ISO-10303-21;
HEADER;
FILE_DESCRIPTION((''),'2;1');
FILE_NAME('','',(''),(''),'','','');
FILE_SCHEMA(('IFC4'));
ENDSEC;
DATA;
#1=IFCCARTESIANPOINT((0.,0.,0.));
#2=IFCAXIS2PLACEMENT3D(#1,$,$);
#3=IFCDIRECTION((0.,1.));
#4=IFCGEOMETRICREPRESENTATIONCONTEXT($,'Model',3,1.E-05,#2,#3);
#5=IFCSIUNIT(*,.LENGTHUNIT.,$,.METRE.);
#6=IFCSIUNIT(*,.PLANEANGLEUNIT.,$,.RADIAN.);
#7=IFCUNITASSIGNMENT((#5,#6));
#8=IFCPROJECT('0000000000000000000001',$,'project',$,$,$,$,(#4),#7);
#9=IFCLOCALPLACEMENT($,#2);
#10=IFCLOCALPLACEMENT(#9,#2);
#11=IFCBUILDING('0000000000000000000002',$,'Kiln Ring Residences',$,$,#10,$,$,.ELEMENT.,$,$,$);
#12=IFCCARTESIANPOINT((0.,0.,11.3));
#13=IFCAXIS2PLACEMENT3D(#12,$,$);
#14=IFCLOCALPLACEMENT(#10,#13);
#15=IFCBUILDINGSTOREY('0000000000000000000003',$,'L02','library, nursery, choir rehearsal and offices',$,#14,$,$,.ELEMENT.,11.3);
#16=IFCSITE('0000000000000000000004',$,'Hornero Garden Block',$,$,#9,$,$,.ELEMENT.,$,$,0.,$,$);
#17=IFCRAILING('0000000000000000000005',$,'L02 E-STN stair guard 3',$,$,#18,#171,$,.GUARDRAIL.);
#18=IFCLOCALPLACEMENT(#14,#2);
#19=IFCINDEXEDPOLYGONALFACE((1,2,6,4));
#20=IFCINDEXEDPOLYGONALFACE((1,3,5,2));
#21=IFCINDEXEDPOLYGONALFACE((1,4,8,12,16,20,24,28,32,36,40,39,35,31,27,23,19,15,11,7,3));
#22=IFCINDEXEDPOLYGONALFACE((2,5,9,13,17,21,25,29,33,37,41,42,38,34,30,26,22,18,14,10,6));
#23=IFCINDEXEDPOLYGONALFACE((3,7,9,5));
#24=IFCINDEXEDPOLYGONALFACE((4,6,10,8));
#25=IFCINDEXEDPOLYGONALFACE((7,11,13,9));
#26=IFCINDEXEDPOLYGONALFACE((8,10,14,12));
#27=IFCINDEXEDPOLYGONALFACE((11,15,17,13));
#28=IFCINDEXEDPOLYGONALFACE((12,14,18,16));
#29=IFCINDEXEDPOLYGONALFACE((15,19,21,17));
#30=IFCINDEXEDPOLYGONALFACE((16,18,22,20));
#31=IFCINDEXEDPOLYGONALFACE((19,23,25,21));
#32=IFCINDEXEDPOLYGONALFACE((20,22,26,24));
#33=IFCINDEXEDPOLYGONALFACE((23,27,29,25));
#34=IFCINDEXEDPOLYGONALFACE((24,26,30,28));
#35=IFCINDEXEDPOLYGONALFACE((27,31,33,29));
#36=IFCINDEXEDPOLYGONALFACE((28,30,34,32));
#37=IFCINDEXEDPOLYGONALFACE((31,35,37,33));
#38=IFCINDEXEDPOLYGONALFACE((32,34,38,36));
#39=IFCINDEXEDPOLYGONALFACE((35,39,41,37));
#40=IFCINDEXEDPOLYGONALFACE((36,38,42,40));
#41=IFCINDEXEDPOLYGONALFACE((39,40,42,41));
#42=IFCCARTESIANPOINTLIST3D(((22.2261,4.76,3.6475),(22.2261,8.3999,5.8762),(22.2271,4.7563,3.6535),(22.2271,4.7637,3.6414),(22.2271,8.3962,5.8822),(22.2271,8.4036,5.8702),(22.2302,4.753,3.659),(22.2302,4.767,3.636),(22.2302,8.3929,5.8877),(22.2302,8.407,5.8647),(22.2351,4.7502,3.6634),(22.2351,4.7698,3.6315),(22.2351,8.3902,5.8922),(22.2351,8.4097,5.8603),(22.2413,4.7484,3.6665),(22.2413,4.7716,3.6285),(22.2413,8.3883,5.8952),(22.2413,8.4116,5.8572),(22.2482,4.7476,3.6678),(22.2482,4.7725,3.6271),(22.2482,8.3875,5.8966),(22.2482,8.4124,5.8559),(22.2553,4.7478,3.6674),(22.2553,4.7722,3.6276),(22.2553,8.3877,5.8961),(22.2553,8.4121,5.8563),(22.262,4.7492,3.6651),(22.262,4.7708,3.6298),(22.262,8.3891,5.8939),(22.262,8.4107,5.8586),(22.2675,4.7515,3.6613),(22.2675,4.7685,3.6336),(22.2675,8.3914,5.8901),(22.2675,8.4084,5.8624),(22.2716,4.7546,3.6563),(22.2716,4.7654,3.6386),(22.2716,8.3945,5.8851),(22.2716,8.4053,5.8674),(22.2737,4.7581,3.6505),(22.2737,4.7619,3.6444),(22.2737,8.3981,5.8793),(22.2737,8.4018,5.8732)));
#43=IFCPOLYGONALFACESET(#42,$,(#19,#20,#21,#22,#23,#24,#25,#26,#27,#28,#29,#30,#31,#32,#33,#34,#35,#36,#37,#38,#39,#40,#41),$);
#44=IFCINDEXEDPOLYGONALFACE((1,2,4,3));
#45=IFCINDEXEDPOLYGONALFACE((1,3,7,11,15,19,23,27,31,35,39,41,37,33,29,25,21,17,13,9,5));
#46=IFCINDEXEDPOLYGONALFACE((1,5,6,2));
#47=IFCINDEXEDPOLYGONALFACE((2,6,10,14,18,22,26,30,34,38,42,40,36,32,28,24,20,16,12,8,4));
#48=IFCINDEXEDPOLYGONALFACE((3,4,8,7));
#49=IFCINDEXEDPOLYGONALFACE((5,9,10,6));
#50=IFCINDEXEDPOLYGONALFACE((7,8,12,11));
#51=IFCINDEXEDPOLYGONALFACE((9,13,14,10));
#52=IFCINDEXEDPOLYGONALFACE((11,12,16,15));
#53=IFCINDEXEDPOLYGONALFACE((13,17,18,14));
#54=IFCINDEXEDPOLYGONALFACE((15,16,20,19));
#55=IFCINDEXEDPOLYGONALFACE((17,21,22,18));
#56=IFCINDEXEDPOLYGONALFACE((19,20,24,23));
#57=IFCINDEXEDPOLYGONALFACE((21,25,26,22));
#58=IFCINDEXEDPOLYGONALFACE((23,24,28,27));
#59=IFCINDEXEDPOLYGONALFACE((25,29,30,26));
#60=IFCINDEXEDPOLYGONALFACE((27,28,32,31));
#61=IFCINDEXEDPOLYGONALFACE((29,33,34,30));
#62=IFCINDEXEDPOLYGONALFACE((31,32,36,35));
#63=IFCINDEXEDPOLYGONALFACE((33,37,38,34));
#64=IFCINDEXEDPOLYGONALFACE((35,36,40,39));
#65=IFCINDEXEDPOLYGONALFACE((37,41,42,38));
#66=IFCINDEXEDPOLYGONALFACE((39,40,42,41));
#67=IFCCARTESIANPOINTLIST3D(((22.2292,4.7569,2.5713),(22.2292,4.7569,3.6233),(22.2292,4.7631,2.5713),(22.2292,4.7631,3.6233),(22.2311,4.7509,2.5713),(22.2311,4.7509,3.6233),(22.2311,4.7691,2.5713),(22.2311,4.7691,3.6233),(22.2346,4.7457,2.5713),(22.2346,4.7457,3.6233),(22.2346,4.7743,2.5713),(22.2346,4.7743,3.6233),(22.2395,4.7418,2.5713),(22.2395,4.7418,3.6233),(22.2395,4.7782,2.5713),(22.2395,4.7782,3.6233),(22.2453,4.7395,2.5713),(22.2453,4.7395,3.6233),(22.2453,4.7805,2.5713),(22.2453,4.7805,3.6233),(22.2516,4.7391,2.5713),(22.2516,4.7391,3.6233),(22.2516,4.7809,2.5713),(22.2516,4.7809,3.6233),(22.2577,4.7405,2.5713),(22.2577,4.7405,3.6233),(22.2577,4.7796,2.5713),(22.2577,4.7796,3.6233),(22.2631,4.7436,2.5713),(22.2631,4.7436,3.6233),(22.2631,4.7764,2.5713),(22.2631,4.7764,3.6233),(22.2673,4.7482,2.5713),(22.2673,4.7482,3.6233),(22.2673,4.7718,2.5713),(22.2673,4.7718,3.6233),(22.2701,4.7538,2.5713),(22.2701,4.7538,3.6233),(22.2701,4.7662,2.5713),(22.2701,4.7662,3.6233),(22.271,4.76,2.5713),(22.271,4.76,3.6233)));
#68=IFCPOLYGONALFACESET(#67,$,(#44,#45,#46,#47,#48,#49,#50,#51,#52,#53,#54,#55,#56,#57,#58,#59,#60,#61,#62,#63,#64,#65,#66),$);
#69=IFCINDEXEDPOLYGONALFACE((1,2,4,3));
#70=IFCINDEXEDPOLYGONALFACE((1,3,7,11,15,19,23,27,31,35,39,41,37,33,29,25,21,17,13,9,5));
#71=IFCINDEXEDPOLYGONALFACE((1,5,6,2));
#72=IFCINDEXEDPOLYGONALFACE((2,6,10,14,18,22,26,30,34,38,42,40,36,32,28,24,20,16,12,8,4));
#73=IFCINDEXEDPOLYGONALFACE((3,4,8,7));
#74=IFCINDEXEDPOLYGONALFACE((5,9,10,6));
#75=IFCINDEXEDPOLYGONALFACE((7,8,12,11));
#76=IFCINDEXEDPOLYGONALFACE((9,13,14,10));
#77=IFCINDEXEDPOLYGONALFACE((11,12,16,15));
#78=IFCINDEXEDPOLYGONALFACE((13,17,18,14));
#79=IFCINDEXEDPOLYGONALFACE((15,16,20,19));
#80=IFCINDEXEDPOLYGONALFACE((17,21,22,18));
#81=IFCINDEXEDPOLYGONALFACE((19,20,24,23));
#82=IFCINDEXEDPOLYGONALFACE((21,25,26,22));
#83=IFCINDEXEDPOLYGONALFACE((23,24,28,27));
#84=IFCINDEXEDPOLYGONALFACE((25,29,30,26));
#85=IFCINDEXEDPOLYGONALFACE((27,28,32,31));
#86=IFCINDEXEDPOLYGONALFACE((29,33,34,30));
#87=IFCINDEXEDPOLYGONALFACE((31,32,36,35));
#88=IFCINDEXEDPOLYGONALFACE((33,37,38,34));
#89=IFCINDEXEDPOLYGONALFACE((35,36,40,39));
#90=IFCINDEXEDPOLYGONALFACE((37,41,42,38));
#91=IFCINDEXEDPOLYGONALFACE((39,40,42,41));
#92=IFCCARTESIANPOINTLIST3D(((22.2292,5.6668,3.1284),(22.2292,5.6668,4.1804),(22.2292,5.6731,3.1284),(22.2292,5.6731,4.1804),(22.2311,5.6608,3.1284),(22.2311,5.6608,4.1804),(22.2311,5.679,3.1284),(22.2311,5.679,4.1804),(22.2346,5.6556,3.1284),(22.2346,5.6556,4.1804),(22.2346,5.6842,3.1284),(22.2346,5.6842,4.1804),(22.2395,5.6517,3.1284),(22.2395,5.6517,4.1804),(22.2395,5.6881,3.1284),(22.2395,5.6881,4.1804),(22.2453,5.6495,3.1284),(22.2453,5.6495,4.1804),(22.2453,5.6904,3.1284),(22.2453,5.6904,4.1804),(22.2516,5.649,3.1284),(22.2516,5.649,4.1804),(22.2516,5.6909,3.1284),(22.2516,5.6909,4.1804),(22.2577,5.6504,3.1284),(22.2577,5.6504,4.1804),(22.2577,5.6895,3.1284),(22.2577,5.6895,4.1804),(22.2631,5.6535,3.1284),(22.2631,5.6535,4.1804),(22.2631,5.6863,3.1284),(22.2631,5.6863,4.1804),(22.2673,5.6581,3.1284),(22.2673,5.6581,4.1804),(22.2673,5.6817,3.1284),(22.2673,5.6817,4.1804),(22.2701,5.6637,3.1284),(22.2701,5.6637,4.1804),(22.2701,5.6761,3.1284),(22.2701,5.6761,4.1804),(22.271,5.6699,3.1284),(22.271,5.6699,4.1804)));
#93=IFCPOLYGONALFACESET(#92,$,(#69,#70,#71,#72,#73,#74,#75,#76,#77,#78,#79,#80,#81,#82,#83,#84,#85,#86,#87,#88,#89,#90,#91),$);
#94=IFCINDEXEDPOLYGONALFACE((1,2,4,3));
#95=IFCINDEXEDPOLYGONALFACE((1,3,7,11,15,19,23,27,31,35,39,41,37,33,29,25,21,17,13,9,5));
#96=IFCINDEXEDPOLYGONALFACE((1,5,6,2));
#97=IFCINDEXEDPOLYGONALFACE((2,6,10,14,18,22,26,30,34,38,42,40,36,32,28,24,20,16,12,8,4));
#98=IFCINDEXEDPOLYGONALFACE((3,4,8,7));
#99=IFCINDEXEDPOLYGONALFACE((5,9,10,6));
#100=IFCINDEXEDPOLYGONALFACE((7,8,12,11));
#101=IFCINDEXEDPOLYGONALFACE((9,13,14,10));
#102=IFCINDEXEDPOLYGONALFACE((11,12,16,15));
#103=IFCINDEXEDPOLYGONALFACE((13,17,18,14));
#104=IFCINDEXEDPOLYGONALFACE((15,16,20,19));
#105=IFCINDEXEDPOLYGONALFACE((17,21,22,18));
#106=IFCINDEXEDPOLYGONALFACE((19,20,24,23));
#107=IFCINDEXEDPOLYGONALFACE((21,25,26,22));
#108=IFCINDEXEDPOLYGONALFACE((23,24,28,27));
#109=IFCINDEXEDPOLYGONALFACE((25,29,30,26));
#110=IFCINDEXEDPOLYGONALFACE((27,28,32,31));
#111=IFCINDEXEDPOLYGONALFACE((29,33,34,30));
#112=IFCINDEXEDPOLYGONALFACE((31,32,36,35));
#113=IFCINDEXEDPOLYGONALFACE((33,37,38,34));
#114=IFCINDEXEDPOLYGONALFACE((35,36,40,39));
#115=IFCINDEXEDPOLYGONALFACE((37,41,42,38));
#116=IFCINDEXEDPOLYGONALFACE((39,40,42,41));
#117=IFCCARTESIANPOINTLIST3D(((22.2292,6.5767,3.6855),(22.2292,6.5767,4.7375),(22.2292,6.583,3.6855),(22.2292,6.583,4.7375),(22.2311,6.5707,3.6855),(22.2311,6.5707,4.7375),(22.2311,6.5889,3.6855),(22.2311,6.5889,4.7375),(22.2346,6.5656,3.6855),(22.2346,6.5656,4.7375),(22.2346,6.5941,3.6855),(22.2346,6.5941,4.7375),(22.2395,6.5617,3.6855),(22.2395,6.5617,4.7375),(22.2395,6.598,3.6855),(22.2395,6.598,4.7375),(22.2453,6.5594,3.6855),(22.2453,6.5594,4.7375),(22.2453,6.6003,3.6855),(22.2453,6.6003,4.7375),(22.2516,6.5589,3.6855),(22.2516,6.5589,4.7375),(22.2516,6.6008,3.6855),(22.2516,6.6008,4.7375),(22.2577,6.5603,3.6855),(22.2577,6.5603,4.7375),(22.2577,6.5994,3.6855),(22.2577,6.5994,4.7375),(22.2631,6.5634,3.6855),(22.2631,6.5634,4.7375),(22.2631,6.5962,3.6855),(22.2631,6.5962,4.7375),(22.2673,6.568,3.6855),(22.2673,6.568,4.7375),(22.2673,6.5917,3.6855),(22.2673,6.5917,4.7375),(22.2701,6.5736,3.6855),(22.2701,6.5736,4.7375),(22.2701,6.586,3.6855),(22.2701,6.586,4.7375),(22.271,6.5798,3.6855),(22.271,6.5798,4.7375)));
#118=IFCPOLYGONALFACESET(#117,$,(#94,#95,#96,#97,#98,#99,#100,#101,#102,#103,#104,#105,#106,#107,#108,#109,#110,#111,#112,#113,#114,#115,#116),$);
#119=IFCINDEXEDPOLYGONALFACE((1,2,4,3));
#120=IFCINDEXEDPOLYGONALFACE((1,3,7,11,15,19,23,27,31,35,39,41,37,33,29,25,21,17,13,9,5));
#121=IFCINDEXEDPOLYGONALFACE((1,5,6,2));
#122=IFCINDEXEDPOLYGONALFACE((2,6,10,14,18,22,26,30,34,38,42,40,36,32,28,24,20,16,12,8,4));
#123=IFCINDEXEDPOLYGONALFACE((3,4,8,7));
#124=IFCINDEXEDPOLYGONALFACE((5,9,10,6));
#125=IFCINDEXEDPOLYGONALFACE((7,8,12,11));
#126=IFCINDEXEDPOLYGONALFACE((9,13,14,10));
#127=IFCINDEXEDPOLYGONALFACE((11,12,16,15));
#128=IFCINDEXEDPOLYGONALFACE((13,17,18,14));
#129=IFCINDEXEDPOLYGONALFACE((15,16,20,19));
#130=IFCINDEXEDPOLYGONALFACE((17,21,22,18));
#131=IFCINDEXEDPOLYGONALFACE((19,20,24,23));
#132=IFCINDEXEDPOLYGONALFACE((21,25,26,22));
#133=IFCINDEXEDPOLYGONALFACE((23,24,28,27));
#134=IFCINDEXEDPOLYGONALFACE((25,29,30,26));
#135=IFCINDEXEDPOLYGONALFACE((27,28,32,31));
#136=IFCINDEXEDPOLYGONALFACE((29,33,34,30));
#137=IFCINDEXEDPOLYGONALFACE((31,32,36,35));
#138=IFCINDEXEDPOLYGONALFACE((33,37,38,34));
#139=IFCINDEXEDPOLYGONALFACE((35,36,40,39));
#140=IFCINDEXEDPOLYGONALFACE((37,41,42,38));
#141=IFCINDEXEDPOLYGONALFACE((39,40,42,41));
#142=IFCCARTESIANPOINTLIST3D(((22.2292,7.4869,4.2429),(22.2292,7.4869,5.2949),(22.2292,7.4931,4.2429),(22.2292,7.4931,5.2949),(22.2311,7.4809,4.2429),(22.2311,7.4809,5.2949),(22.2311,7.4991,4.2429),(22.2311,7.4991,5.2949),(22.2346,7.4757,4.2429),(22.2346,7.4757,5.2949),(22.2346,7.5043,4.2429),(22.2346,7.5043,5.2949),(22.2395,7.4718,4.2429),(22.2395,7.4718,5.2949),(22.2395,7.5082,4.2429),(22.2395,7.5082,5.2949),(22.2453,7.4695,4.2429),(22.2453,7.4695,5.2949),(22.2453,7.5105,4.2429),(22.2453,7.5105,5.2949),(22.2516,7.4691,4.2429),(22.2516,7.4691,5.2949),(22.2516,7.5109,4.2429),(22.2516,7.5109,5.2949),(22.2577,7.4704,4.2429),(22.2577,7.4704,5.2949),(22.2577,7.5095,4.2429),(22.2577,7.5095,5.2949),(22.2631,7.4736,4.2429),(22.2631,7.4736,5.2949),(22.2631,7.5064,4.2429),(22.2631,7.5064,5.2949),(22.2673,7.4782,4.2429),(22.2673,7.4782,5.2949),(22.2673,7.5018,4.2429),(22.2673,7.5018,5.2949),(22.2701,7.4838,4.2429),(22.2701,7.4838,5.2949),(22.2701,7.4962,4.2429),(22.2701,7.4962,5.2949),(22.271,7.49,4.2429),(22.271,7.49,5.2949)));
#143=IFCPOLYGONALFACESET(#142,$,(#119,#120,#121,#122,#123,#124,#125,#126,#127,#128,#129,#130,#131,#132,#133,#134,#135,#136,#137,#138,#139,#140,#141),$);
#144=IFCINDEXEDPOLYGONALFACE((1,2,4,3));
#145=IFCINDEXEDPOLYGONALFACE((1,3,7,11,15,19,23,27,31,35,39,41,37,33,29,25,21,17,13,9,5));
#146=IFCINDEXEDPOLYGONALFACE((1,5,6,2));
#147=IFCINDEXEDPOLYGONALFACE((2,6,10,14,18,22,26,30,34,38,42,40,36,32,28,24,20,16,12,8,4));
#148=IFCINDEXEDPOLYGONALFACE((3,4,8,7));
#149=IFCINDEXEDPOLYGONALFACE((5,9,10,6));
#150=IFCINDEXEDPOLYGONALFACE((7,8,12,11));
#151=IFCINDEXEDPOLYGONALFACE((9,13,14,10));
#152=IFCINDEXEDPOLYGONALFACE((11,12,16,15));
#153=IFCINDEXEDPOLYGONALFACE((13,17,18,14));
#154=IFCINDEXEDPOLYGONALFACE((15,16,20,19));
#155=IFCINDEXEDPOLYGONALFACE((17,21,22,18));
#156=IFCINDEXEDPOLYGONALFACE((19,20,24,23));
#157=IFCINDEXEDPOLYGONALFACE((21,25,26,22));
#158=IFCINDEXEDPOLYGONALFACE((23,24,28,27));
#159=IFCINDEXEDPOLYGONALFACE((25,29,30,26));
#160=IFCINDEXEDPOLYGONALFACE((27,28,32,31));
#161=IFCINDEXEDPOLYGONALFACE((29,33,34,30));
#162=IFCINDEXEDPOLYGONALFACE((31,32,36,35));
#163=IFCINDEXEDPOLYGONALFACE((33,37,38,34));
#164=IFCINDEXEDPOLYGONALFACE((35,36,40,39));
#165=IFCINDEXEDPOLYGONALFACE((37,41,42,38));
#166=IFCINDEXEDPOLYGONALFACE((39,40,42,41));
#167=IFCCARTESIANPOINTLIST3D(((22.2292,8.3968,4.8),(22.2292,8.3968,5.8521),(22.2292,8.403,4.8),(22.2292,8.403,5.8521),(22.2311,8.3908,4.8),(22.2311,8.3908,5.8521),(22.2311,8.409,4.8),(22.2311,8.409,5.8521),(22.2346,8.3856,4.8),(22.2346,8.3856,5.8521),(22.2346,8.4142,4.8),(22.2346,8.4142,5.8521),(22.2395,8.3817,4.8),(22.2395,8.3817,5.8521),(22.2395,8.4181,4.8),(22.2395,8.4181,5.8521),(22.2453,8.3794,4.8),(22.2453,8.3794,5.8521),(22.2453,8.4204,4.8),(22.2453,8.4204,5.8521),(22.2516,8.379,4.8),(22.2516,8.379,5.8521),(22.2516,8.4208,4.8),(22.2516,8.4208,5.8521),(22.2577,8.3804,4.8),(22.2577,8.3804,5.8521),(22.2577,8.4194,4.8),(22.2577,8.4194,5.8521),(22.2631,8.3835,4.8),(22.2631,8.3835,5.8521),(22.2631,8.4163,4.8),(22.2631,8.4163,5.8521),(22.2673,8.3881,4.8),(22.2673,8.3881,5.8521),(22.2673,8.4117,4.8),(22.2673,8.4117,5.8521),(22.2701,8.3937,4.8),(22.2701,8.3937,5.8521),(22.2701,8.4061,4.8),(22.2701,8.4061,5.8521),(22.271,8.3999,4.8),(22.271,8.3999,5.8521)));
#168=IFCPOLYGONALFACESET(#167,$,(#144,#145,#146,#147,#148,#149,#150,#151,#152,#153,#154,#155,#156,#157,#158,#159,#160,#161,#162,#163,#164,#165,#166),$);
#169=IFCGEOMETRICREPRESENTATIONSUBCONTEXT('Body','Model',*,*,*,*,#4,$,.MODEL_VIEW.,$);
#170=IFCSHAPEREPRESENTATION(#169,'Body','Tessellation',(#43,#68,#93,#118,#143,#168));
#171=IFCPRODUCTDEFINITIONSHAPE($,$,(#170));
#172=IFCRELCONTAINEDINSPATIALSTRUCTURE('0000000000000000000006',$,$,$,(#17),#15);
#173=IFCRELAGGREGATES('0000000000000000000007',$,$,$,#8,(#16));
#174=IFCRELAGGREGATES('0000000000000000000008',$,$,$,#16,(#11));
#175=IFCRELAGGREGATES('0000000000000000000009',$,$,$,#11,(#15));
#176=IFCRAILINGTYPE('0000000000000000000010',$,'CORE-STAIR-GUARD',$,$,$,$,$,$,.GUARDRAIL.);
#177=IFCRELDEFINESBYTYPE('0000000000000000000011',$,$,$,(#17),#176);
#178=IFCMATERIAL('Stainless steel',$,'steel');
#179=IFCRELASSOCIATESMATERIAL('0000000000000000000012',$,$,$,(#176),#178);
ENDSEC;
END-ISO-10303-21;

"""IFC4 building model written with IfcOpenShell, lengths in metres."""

from ifc_helpers import new_model, si_unit, direction, frame, origin, origin_2d, place, context, subcontext, project, spatial, circle, extrude, material, type_object, element, save


model = new_model("IFC4")

# Units and contexts
model_context = context("Model", 3, precision=1e-05, world=origin(), true_north=direction((0.0, 1.0)))
body_context = subcontext(model_context, "Body", "Model", "MODEL_VIEW")
ifc_project = project(units=[si_unit("LENGTHUNIT", "METRE"), si_unit("PLANEANGLEUNIT", "RADIAN")], contexts=[model_context])

# Site, building, storey
site_placement = place(None, origin())
site = spatial("IfcSite", under=ifc_project, at=site_placement, Name="Hornero Garden Block", CompositionType="ELEMENT", RefElevation=0.0)
building_placement = place(site_placement, origin())
building = spatial("IfcBuilding", under=site, at=building_placement, Name="Kiln Ring Residences", CompositionType="ELEMENT")
storey_placement = place(building_placement, frame((0.0, 0.0, 11.3)))
storey = spatial("IfcBuildingStorey", under=building, at=storey_placement, Name="L02", Description="library, nursery, choir rehearsal and offices", CompositionType="ELEMENT", Elevation=11.3)

# Railing
ifc_material_1 = material(Name="Stainless steel", Category="steel")
railing_type_1 = type_object("IfcRailingType", Name="CORE-STAIR-GUARD", PredefinedType="GUARDRAIL", material=ifc_material_1)
railing_1_placement = place(storey_placement, frame((22.25, 4.76, 2.5713)))
element("IfcRailing", 1, at=railing_1_placement, inside=storey, type_object=railing_type_1, Name="L02 E-STN stair guard 3", PredefinedType="GUARDRAIL", context=body_context, shape_type="SweptSolid", body=[
    extrude(circle(Radius=0.0239, at=origin_2d()), frame((0.0, 0.0, 1.0762), z_axis=(0.0, 0.852825, 0.522197), x_axis=(-1.0, 0.0, 0.0)), (0.0, 0.0, 1.0), 4.2681),
    extrude(circle(Radius=0.021, at=origin_2d()), origin(), (0.0, 0.0, 1.0), 1.052),
    extrude(circle(Radius=0.021, at=origin_2d()), frame((0.0, 0.9099, 0.5571)), (0.0, 0.0, 1.0), 1.052),
    extrude(circle(Radius=0.021, at=origin_2d()), frame((0.0, 1.8198, 1.1143)), (0.0, 0.0, 1.0), 1.052),
    extrude(circle(Radius=0.021, at=origin_2d()), frame((0.0, 2.73, 1.6716)), (0.0, 0.0, 1.0), 1.052),
    extrude(circle(Radius=0.021, at=origin_2d()), frame((0.0, 3.6399, 2.2288)), (0.0, 0.0, 1.0), 1.052),
])

save(model, "model.ifc")
